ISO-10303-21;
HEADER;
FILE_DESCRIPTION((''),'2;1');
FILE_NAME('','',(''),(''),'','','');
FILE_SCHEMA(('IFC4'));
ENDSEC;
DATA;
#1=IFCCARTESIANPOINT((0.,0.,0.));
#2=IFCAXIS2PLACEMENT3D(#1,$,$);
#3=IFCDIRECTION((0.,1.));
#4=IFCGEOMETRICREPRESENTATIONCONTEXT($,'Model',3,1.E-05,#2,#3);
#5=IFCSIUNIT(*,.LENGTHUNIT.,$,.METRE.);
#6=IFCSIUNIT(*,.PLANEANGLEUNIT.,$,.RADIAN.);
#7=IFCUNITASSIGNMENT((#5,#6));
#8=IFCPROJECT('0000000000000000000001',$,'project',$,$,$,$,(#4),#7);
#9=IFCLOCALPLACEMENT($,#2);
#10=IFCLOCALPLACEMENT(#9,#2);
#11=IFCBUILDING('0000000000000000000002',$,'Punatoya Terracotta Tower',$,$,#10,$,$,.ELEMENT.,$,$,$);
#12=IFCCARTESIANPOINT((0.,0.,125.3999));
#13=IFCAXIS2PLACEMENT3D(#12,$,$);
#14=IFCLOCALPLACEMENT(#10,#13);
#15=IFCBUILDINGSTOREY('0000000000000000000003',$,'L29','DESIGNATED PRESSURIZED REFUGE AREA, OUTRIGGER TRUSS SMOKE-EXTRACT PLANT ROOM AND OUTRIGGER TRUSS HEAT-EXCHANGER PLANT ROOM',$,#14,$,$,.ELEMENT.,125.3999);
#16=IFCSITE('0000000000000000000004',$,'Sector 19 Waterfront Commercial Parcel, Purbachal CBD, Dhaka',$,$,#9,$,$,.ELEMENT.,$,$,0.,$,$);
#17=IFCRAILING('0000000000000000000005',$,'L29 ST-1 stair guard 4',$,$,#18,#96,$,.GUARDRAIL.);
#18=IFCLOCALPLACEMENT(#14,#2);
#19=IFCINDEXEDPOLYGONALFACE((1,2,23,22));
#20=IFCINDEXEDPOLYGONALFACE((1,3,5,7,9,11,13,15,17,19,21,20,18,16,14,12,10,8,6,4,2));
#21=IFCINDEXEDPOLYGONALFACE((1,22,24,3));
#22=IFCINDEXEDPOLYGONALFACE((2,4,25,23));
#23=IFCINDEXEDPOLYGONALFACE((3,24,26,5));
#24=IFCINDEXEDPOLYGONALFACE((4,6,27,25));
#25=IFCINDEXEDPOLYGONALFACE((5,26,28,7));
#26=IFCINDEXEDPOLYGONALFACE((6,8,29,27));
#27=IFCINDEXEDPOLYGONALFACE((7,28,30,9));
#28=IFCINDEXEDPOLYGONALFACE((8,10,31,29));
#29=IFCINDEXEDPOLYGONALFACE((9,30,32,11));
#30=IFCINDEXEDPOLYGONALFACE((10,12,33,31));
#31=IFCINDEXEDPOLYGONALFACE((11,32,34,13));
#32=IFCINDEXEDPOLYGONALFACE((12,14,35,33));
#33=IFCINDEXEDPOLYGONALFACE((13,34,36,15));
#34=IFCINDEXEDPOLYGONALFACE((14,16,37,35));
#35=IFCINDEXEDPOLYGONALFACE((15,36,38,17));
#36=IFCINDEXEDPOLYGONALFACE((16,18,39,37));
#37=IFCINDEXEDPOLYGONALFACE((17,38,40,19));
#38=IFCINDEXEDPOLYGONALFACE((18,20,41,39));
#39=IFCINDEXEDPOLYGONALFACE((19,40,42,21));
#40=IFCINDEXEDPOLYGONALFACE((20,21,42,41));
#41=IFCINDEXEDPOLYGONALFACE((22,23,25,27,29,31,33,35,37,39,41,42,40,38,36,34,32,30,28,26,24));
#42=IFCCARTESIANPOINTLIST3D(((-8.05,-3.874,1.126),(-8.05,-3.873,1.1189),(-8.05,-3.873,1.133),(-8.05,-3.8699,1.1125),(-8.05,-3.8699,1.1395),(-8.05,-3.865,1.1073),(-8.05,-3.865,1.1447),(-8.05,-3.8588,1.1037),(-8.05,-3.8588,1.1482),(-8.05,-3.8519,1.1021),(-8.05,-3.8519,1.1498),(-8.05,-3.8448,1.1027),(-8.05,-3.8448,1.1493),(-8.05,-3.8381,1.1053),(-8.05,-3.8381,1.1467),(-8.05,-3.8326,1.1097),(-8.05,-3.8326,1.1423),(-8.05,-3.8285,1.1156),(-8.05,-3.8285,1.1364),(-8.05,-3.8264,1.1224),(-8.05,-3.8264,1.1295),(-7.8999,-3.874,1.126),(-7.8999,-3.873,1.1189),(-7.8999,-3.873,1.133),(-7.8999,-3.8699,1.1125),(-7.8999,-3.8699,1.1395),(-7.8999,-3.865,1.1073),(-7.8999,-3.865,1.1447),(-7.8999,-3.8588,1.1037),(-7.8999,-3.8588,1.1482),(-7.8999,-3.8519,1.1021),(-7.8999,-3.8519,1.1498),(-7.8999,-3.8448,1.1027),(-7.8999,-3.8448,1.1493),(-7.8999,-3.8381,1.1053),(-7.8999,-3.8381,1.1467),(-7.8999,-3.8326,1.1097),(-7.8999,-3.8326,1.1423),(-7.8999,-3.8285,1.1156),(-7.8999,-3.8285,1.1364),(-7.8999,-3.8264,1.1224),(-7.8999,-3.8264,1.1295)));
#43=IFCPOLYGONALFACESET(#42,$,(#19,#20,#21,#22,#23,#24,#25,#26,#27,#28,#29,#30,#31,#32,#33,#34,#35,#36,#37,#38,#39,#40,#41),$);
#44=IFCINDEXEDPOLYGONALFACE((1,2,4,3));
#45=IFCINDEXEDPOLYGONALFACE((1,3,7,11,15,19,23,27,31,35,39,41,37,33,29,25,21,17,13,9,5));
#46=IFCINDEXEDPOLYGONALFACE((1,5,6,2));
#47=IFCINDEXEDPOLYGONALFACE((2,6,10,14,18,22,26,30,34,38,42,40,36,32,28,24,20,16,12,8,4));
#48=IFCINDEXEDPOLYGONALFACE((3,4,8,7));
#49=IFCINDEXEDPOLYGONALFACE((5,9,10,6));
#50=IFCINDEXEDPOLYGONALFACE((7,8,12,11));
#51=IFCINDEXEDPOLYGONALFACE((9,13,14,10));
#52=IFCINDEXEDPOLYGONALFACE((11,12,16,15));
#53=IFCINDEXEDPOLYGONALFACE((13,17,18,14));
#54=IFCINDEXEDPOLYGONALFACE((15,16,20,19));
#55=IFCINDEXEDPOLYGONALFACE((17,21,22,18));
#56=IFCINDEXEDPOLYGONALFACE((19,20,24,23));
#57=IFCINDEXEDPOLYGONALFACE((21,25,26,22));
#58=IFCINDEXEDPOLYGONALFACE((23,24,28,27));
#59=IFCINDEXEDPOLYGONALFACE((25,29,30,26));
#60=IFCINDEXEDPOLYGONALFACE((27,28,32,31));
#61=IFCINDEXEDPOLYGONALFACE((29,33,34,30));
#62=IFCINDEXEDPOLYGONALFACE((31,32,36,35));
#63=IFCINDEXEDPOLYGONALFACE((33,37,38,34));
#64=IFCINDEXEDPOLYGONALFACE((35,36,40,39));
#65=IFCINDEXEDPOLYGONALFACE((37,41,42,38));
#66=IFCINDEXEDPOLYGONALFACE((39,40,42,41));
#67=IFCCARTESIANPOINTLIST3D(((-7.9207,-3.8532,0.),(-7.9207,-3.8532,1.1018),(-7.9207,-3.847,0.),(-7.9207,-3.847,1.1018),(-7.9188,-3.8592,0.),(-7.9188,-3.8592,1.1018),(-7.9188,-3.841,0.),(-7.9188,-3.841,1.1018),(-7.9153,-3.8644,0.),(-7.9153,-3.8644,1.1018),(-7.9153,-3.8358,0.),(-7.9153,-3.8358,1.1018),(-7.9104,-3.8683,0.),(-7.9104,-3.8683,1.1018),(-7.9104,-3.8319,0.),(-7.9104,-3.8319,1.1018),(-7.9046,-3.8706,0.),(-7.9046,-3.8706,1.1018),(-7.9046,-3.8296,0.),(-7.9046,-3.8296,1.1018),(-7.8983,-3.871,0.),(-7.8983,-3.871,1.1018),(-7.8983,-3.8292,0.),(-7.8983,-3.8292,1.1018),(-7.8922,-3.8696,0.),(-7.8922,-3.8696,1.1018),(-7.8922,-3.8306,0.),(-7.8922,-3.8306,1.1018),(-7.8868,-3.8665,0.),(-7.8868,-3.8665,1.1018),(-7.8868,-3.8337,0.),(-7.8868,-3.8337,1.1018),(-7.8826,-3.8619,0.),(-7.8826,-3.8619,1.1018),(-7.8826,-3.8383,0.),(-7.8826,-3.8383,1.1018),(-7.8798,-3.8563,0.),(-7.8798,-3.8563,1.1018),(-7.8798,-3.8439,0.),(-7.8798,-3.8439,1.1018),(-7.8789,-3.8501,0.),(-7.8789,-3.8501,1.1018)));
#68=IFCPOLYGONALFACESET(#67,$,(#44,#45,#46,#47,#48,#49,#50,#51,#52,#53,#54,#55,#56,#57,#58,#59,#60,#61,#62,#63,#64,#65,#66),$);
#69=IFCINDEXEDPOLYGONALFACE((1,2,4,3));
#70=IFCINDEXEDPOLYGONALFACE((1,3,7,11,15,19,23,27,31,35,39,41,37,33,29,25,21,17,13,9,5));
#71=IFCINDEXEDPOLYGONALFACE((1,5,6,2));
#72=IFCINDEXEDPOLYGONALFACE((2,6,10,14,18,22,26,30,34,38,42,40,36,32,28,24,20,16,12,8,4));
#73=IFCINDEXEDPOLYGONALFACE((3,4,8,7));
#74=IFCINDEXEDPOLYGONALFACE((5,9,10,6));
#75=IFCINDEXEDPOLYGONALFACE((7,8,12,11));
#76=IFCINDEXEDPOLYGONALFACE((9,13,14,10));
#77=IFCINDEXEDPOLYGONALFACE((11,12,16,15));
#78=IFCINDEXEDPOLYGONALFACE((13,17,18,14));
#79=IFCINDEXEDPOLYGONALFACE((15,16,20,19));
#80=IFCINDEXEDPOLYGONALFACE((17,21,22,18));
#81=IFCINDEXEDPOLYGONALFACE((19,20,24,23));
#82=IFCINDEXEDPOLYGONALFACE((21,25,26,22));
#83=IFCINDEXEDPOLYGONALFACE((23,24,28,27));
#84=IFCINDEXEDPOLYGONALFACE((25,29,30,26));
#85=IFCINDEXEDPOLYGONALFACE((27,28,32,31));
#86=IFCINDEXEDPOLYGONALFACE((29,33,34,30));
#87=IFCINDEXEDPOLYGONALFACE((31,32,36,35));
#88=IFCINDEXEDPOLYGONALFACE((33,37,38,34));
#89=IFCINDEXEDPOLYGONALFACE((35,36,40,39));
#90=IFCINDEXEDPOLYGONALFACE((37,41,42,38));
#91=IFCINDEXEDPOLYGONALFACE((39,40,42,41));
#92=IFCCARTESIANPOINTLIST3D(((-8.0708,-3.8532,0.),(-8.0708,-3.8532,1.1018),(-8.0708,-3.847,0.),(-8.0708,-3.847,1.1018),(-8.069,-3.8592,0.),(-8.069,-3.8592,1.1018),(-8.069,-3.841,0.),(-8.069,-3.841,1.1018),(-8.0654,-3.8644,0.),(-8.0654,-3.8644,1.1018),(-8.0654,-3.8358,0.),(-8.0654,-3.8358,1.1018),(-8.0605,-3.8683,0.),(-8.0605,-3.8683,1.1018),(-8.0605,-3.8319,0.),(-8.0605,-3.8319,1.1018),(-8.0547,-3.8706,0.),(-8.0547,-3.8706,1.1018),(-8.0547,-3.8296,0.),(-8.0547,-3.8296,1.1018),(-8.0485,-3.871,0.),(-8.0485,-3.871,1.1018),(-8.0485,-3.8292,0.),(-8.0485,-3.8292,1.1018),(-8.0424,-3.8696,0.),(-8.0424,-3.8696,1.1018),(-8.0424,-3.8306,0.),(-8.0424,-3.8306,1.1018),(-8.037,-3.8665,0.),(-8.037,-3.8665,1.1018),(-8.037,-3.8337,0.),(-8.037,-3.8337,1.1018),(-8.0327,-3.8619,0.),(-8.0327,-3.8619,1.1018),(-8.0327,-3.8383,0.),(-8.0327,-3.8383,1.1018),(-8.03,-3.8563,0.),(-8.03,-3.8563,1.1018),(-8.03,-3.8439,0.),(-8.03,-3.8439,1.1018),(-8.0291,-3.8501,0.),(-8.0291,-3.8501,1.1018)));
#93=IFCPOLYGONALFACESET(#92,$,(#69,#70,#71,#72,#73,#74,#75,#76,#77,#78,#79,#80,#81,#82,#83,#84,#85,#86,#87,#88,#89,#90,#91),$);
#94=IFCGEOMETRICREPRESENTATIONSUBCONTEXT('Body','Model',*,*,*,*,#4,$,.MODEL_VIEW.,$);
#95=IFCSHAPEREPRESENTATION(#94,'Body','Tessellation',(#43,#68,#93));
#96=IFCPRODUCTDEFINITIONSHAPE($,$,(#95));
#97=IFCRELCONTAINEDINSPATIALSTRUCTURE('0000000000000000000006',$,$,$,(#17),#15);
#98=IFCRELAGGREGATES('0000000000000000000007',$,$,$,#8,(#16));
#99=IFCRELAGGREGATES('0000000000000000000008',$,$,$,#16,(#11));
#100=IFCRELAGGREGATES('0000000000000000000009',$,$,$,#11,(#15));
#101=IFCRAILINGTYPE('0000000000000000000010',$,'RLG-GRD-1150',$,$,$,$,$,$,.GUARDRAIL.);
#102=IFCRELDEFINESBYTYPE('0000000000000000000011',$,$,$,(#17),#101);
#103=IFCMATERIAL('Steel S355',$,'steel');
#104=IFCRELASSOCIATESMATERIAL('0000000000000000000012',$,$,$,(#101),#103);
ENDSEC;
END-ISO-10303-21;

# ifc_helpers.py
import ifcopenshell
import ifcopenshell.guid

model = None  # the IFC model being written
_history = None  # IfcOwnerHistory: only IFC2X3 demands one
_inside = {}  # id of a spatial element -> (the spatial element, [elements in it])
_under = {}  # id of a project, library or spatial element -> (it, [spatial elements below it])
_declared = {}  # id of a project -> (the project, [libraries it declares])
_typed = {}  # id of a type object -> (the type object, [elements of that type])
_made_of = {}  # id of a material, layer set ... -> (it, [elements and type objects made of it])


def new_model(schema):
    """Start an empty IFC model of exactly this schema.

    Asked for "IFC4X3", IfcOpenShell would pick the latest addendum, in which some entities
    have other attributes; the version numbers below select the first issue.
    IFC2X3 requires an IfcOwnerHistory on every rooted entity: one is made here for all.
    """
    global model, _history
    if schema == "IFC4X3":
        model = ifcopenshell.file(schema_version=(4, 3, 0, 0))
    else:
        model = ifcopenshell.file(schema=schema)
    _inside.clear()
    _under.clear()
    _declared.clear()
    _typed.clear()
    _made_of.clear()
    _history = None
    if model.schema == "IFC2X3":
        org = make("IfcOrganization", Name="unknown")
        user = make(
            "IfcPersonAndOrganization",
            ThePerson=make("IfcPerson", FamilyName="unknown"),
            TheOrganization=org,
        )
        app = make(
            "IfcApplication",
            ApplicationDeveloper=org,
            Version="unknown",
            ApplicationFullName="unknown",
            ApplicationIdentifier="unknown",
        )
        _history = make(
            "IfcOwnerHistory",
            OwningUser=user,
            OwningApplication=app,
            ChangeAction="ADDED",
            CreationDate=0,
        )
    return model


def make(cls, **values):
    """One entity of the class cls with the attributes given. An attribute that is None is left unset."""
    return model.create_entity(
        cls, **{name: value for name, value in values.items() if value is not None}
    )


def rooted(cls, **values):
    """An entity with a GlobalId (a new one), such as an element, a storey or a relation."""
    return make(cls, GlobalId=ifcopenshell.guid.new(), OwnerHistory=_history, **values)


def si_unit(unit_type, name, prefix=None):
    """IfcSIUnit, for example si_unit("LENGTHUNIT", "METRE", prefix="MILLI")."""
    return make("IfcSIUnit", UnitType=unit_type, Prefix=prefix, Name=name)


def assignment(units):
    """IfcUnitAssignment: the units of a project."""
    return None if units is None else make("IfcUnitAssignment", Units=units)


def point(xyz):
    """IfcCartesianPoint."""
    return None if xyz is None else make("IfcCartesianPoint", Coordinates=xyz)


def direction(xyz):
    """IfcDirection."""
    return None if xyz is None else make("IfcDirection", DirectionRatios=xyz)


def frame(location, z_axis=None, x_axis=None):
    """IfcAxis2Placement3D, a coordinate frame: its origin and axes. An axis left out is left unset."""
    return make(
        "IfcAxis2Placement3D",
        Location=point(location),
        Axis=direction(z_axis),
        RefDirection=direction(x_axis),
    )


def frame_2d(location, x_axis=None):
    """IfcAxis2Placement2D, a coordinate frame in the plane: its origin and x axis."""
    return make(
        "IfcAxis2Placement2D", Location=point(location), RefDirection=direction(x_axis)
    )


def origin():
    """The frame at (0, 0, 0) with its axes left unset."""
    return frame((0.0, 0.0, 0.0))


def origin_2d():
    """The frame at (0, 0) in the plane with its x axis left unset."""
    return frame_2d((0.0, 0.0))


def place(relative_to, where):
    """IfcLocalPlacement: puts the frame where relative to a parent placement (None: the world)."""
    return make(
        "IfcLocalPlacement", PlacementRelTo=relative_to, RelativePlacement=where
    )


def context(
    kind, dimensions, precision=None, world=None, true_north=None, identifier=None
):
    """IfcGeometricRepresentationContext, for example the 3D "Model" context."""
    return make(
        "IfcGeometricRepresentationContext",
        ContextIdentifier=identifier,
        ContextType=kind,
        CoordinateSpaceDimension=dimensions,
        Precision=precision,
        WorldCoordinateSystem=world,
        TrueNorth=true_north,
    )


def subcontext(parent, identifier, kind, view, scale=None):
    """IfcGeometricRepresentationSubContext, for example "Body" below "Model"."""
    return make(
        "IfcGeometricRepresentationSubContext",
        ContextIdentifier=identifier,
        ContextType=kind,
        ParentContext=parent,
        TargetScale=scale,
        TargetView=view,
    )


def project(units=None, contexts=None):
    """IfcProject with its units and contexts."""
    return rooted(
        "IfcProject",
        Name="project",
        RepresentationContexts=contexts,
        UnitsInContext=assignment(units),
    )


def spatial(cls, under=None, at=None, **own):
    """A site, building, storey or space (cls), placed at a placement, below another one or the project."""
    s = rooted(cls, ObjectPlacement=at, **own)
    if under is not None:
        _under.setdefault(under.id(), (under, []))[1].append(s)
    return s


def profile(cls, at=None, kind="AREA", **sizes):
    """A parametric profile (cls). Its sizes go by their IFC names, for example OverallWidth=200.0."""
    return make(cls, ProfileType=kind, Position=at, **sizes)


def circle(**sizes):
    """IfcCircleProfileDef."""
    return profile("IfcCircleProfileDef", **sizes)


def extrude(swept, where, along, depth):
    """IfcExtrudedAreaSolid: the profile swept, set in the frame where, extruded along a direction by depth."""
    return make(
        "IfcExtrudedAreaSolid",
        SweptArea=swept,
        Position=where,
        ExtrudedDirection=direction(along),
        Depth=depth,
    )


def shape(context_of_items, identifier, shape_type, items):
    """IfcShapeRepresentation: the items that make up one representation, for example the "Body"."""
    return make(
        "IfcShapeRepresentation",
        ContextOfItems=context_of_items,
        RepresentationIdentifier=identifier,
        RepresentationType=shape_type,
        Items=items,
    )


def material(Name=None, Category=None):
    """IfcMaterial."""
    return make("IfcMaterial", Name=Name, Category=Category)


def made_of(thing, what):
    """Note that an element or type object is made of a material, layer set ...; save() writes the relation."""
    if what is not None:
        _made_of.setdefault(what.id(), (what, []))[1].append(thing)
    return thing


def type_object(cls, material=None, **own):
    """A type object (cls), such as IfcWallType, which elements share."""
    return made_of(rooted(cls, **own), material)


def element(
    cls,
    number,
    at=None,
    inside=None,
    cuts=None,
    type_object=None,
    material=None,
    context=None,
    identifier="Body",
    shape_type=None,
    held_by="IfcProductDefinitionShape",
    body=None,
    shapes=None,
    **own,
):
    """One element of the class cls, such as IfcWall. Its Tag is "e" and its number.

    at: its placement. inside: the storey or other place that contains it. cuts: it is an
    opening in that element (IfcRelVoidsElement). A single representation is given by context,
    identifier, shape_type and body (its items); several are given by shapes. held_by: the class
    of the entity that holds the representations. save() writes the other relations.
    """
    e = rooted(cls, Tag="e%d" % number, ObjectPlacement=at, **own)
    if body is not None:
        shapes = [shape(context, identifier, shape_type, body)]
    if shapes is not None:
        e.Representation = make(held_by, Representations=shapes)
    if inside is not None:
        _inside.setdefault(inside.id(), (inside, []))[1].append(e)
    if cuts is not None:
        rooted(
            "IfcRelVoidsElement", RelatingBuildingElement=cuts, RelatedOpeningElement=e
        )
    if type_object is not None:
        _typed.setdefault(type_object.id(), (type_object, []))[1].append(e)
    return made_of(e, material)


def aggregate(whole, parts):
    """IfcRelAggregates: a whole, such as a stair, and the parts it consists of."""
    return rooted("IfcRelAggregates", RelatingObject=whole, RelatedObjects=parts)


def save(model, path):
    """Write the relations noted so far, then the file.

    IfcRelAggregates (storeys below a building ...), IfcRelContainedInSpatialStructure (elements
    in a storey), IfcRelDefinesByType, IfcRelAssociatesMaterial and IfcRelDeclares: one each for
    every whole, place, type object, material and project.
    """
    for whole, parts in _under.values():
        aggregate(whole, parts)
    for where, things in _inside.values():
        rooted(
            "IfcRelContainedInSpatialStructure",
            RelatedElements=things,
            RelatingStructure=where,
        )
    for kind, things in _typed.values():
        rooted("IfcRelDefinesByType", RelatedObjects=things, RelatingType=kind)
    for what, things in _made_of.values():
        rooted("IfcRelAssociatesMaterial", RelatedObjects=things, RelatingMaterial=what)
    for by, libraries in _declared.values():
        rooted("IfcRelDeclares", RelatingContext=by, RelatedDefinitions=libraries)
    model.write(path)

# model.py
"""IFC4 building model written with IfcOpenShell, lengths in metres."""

from ifc_helpers import new_model, si_unit, direction, frame, origin, origin_2d, place, context, subcontext, project, spatial, circle, extrude, material, type_object, element, save


model = new_model("IFC4")

# Units and contexts
model_context = context("Model", 3, precision=1e-05, world=origin(), true_north=direction((0.0, 1.0)))
body_context = subcontext(model_context, "Body", "Model", "MODEL_VIEW")
ifc_project = project(units=[si_unit("LENGTHUNIT", "METRE"), si_unit("PLANEANGLEUNIT", "RADIAN")], contexts=[model_context])

# Site, building, storey
site_placement = place(None, origin())
site = spatial("IfcSite", under=ifc_project, at=site_placement, Name="Sector 19 Waterfront Commercial Parcel, Purbachal CBD, Dhaka", CompositionType="ELEMENT", RefElevation=0.0)
building_placement = place(site_placement, origin())
building = spatial("IfcBuilding", under=site, at=building_placement, Name="Punatoya Terracotta Tower", CompositionType="ELEMENT")
storey_placement = place(building_placement, frame((0.0, 0.0, 125.3999)))
storey = spatial("IfcBuildingStorey", under=building, at=storey_placement, Name="L29", Description="DESIGNATED PRESSURIZED REFUGE AREA, OUTRIGGER TRUSS SMOKE-EXTRACT PLANT ROOM AND OUTRIGGER TRUSS HEAT-EXCHANGER PLANT ROOM", CompositionType="ELEMENT", Elevation=125.3999)

# Railing
ifc_material_1 = material(Name="Steel S355", Category="steel")
railing_type_1 = type_object("IfcRailingType", Name="RLG-GRD-1150", PredefinedType="GUARDRAIL", material=ifc_material_1)
railing_1_placement = place(storey_placement, frame((-7.8999, -3.8501, 0.0)))
element("IfcRailing", 1, at=railing_1_placement, inside=storey, type_object=railing_type_1, Name="L29 ST-1 stair guard 4", PredefinedType="GUARDRAIL", context=body_context, shape_type="SweptSolid", body=[
    extrude(circle(Radius=0.0239, at=origin_2d()), frame((0.0, 0.0, 1.126), z_axis=(-1.0, 0.0, 0.0), x_axis=(0.0, -1.0, 0.0)), (0.0, 0.0, 1.0), 0.1501),
    extrude(circle(Radius=0.021, at=origin_2d()), origin(), (0.0, 0.0, 1.0), 1.1018),
    extrude(circle(Radius=0.021, at=origin_2d()), frame((-0.1501, 0.0, 0.0)), (0.0, 0.0, 1.0), 1.1018),
])

save(model, "model.ifc")
